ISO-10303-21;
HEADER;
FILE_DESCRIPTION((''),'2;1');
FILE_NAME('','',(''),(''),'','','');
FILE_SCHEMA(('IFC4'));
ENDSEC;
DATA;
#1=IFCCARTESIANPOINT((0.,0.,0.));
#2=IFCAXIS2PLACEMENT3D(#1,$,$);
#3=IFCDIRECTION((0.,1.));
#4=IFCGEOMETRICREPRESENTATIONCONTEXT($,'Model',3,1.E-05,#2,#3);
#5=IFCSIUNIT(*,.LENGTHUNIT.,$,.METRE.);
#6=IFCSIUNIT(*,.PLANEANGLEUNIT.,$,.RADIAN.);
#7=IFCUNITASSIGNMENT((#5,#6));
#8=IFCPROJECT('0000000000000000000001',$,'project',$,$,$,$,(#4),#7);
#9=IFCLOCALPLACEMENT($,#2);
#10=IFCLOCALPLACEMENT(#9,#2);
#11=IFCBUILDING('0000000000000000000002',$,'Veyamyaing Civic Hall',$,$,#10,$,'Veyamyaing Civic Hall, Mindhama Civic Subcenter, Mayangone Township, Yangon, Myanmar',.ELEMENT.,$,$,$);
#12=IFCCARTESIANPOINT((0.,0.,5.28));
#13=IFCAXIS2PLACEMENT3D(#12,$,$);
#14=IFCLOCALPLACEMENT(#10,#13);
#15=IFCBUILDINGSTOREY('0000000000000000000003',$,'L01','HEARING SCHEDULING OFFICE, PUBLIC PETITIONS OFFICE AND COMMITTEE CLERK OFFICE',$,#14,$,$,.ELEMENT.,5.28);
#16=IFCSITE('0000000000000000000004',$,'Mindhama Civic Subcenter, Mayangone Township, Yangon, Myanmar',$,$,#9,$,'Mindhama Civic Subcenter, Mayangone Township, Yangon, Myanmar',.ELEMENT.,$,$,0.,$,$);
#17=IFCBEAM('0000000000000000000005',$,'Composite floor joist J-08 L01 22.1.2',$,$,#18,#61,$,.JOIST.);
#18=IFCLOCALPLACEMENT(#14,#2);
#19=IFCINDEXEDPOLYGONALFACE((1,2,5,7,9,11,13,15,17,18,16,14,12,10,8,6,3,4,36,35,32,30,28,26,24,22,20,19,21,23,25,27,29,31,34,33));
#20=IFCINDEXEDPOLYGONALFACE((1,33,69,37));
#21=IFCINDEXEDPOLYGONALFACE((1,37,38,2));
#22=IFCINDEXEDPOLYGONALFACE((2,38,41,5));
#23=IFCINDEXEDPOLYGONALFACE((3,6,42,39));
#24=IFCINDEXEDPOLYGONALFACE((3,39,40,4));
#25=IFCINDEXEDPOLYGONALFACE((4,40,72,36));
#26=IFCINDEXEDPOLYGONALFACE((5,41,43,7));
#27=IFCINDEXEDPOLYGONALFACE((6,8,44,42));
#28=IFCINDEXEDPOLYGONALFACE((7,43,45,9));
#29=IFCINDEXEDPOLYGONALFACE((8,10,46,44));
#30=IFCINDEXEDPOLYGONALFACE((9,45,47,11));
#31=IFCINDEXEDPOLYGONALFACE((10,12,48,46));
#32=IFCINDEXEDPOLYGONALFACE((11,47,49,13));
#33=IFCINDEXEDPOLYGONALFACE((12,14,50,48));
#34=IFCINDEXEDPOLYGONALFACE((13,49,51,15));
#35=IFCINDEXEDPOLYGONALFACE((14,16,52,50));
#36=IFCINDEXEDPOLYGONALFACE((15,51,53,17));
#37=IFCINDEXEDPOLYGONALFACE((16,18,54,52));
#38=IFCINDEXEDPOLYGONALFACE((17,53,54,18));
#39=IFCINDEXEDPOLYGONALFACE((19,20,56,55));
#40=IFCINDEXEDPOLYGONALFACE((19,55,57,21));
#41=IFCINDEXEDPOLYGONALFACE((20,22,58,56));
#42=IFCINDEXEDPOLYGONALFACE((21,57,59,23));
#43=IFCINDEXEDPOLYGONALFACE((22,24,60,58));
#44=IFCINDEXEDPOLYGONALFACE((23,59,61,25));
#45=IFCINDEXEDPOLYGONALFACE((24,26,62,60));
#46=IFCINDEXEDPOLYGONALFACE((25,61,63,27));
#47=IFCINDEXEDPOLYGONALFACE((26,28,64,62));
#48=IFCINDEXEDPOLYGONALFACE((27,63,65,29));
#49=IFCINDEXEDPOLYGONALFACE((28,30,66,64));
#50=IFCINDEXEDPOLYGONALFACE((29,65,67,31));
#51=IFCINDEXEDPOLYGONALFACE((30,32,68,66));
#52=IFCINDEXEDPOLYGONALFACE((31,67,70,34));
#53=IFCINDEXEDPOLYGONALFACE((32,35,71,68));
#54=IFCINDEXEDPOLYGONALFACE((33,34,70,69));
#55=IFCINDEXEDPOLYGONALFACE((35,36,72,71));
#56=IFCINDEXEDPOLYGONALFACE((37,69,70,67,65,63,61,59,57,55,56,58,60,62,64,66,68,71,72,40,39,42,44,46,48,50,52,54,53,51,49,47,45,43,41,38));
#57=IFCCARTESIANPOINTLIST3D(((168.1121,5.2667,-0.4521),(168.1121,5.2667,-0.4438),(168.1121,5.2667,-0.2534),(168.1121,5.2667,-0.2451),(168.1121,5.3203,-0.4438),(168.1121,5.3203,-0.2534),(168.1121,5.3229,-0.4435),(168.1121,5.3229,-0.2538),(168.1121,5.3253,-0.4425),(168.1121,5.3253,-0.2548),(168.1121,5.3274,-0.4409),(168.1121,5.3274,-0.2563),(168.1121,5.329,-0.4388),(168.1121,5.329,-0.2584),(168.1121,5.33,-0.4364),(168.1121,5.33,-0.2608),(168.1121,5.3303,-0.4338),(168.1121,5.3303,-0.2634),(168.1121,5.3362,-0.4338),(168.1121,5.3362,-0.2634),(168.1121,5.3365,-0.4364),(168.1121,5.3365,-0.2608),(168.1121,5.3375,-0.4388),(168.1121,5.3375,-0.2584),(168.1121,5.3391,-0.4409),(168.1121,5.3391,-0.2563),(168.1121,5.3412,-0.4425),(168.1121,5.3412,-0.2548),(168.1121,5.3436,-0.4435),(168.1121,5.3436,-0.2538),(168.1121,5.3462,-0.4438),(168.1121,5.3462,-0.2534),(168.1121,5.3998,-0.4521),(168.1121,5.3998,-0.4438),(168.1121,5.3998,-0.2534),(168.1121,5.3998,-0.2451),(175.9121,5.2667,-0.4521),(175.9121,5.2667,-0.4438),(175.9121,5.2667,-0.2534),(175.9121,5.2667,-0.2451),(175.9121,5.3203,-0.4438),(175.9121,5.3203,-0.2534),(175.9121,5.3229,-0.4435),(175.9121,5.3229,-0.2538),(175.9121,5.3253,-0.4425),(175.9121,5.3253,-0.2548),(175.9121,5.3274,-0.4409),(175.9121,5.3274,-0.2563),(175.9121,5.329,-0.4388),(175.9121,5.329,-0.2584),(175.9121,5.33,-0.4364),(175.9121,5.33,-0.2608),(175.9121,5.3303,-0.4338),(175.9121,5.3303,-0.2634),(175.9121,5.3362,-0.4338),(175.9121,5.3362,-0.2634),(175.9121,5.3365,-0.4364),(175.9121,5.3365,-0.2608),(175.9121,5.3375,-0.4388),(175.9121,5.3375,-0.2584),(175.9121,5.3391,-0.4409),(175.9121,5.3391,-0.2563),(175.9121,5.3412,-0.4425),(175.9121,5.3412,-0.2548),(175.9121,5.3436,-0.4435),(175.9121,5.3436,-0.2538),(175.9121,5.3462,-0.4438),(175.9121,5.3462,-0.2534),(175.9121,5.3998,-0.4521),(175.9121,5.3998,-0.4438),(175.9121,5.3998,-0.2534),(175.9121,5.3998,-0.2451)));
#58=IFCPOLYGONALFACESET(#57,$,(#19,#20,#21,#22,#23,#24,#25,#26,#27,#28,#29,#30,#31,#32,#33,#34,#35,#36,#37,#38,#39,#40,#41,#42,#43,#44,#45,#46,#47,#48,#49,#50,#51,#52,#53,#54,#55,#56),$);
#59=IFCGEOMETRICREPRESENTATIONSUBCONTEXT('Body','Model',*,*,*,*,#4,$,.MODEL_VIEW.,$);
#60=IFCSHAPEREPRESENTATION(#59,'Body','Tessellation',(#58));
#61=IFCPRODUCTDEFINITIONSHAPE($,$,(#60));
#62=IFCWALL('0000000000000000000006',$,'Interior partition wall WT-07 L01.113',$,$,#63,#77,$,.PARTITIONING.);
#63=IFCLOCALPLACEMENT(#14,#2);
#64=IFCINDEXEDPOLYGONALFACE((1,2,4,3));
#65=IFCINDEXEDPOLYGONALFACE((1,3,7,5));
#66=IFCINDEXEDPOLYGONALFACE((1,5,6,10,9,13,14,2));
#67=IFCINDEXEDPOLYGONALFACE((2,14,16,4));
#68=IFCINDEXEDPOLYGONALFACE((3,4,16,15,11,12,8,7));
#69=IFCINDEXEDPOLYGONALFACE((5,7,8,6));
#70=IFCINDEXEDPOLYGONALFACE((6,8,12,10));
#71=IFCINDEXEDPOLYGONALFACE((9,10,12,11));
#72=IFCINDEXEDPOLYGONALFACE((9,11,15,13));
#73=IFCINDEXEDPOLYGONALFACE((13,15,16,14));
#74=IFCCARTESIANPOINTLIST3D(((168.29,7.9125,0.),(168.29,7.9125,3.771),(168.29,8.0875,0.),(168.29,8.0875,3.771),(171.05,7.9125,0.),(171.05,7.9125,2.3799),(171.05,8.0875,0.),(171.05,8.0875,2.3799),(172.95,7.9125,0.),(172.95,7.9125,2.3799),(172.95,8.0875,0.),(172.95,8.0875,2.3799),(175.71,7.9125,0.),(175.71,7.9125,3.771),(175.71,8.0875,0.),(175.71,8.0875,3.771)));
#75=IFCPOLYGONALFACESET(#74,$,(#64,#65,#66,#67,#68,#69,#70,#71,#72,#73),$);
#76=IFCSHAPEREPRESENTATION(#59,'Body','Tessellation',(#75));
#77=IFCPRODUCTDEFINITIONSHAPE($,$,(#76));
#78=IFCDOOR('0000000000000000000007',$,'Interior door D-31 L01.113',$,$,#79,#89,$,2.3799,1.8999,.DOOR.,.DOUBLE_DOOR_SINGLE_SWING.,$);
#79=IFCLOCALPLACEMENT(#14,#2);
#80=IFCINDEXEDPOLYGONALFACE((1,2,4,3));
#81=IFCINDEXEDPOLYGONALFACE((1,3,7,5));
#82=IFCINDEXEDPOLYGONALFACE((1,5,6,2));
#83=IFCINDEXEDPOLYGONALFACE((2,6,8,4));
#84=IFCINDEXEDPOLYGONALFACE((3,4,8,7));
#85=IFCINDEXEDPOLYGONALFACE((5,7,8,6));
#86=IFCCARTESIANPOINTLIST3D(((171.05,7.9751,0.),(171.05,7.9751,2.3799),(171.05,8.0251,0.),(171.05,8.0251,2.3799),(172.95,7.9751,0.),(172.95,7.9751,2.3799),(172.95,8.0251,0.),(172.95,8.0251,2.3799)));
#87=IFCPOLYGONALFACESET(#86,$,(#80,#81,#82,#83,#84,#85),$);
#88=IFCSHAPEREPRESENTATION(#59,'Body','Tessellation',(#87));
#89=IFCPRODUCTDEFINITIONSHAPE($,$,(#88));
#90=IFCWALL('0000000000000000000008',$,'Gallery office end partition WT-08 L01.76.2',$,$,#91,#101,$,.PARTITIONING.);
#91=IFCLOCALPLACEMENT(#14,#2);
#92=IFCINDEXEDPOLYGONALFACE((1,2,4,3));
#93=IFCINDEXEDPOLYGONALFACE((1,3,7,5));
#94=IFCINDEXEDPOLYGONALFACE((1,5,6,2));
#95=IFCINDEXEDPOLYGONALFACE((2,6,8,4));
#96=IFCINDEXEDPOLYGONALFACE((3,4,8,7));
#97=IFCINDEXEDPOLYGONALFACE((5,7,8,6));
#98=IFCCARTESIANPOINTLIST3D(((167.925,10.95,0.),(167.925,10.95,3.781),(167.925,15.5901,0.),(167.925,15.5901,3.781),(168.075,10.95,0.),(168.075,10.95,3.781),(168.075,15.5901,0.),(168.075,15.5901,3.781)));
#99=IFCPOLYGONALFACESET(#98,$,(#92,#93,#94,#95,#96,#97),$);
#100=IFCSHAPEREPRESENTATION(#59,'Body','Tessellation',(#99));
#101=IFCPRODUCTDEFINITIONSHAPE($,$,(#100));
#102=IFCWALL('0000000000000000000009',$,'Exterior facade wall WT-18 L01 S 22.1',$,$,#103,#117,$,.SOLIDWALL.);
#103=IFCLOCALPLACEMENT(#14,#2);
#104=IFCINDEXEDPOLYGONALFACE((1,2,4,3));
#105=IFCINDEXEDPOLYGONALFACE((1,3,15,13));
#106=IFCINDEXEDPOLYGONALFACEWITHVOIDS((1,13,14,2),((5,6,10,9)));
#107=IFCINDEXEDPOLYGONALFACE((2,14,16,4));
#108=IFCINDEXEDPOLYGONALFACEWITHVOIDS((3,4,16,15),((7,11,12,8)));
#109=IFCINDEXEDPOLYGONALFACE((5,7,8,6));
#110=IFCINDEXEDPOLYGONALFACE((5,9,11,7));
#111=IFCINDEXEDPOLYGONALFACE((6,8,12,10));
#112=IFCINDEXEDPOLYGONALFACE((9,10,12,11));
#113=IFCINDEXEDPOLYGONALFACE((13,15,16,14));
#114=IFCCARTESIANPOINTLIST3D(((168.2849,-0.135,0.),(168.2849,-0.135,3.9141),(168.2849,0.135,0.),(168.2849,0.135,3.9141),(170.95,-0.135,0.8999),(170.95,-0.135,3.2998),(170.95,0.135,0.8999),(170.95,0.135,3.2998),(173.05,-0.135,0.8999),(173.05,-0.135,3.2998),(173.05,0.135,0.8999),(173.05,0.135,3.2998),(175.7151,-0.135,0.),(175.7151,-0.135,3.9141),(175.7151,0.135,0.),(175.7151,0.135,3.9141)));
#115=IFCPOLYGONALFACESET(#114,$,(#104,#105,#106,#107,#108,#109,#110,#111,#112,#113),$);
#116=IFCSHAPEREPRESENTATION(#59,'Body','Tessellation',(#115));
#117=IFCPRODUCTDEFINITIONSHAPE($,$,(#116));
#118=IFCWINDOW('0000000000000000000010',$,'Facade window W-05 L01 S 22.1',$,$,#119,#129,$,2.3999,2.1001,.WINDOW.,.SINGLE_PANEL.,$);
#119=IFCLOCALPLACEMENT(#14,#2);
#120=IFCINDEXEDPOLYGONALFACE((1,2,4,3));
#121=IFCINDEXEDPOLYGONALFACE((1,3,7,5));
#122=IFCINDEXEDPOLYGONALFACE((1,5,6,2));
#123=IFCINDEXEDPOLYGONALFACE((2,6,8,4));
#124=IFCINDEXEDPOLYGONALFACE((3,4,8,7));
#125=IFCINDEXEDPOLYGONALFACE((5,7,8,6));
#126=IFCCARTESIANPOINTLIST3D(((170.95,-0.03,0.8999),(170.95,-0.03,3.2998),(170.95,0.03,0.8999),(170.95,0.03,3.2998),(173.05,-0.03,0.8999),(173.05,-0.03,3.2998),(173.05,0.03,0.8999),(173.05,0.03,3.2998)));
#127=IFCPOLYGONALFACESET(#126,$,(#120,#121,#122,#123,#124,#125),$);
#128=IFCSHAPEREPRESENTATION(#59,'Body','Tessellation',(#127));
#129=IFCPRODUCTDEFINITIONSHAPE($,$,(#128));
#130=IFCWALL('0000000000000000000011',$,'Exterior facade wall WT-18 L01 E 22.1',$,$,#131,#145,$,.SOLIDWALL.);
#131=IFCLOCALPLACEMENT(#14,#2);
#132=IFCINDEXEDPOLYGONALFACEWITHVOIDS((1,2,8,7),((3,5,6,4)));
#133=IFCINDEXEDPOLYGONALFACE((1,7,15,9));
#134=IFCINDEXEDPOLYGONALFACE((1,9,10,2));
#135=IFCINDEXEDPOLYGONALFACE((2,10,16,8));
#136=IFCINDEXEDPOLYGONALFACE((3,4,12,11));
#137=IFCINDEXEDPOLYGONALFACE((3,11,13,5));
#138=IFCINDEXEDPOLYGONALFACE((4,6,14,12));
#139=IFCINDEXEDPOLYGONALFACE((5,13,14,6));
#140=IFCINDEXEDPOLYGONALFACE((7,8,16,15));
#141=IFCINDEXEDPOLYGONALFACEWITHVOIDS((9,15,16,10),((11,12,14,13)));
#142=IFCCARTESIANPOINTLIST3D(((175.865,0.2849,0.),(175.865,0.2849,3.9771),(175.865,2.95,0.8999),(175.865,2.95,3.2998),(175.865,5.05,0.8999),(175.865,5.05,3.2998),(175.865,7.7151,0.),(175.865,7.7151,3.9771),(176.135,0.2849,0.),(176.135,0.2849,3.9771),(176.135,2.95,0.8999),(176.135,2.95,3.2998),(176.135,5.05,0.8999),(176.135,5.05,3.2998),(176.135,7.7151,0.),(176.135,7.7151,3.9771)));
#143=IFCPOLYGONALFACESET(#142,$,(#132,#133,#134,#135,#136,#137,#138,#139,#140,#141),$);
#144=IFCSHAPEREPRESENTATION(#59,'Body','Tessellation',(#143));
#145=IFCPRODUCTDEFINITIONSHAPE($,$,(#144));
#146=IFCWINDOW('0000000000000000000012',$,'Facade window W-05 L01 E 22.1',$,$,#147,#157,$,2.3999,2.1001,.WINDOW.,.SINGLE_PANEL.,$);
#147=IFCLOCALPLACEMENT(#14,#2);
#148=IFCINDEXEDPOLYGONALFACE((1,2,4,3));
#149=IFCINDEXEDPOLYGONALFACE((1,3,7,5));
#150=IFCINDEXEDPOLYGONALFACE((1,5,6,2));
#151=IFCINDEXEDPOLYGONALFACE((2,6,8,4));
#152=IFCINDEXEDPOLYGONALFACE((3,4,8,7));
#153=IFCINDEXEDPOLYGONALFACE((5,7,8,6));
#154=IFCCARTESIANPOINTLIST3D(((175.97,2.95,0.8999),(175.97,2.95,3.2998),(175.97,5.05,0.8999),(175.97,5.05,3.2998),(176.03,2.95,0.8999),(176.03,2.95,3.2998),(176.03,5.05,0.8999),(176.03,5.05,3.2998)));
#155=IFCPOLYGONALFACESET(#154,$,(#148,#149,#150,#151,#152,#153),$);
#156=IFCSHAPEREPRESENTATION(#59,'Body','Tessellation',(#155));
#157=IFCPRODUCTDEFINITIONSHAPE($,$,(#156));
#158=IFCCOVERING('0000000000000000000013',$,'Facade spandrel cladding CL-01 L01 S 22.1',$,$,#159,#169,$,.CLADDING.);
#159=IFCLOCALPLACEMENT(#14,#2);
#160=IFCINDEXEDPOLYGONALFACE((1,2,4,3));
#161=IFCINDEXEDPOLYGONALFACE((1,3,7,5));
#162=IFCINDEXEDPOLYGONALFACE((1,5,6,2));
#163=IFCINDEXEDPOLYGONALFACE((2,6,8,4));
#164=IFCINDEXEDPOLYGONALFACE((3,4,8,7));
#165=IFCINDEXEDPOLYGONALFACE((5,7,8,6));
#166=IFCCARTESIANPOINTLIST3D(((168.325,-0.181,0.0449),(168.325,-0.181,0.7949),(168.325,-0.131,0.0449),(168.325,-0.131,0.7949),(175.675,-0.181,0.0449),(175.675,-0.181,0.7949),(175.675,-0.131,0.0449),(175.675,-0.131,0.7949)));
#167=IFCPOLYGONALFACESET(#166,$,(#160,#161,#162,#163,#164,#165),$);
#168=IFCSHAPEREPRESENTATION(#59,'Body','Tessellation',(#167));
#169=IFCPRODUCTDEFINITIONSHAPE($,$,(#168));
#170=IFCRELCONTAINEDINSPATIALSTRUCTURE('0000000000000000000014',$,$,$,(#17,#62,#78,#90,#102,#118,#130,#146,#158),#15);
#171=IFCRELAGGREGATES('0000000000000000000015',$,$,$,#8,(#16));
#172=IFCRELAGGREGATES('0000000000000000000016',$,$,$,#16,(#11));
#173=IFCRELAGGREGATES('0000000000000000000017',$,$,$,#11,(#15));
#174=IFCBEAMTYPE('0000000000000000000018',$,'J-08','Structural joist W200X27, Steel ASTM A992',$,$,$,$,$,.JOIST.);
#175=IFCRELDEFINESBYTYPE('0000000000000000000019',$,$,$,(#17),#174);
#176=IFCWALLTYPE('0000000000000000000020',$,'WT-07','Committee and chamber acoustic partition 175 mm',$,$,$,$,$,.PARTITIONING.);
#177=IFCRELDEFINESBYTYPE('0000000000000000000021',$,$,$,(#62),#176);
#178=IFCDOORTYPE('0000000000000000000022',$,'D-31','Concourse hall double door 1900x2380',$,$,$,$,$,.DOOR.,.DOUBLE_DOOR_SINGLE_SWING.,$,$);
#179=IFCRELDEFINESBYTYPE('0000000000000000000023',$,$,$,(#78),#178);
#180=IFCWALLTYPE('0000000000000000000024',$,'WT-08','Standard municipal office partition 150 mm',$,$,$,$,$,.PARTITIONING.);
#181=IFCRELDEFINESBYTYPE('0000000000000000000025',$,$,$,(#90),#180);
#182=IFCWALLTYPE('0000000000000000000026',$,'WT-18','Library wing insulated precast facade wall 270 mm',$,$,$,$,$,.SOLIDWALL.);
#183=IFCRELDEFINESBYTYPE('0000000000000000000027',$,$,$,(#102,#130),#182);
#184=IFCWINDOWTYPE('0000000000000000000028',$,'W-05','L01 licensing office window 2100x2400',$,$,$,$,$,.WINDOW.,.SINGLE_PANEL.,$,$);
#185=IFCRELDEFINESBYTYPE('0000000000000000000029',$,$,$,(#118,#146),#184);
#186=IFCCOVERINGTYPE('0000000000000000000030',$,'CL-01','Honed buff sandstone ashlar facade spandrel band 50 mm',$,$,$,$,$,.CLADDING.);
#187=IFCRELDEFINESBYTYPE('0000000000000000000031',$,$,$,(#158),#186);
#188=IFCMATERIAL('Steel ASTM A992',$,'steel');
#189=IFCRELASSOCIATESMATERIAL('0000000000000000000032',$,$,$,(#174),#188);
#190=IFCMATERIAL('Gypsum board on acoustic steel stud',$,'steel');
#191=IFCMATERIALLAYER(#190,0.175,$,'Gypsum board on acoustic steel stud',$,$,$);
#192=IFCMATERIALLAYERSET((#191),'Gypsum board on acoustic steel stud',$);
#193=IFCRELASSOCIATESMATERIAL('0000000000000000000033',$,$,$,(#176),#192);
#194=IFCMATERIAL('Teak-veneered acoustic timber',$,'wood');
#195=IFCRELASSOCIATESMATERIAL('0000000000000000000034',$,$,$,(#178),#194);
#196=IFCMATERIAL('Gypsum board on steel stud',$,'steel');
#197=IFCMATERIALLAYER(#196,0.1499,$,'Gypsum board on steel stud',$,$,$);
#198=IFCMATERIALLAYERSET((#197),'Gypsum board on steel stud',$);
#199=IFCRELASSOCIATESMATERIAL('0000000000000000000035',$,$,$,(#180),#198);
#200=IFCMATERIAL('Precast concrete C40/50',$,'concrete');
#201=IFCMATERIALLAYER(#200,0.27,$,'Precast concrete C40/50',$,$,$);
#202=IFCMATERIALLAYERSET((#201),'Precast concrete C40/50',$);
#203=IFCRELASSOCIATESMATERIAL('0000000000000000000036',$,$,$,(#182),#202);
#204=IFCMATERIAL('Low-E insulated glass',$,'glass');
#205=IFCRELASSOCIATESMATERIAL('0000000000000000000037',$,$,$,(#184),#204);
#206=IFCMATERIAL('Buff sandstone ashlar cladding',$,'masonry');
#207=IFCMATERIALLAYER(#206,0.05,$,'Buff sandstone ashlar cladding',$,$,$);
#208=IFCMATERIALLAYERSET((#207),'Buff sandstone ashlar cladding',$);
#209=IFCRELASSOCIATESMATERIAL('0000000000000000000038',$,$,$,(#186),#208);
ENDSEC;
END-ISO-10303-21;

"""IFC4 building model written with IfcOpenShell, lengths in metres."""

from ifc_helpers import new_model, si_unit, direction, frame, frame_2d, origin, origin_2d, place, context, subcontext, project, spatial, rectangle, i_section, extrude, material, layer, layer_set, material_profile, profile_set, type_object, element, fill, save


model = new_model("IFC4")

# Units and contexts
model_context = context("Model", 3, precision=1e-05, world=origin(), true_north=direction((0.0, 1.0)))
body_context = subcontext(model_context, "Body", "Model", "MODEL_VIEW")
ifc_project = project(units=[si_unit("LENGTHUNIT", "METRE"), si_unit("PLANEANGLEUNIT", "RADIAN")], contexts=[model_context])

# Site, building, storey
site_placement = place(None, origin())
site = spatial("IfcSite", under=ifc_project, at=site_placement, Name="Mindhama Civic Subcenter, Mayangone Township, Yangon, Myanmar", LongName="Mindhama Civic Subcenter, Mayangone Township, Yangon, Myanmar", CompositionType="ELEMENT", RefElevation=0.0)
building_placement = place(site_placement, origin())
building = spatial("IfcBuilding", under=site, at=building_placement, Name="Veyamyaing Civic Hall", LongName="Veyamyaing Civic Hall, Mindhama Civic Subcenter, Mayangone Township, Yangon, Myanmar", CompositionType="ELEMENT")
storey_placement = place(building_placement, frame((0.0, 0.0, 5.28)))
storey = spatial("IfcBuildingStorey", under=building, at=storey_placement, Name="L01", Description="HEARING SCHEDULING OFFICE, PUBLIC PETITIONS OFFICE AND COMMITTEE CLERK OFFICE", CompositionType="ELEMENT", Elevation=5.28)

# Beam
ifc_material_1 = material(Name="Steel ASTM A992", Category="steel")
ifc_material_profile_1 = material_profile(ifc_material_1, i_section(OverallWidth=0.1331, OverallDepth=0.207, WebThickness=0.0059, FlangeThickness=0.0083, FilletRadius=0.01, at=origin_2d()), Name="W200X27")
ifc_profile_set_1 = profile_set([ifc_material_profile_1], Name="Steel ASTM A992")
beam_type_1 = type_object("IfcBeamType", Name="J-08", Description="Structural joist W200X27, Steel ASTM A992", PredefinedType="JOIST", material=ifc_profile_set_1)
for number, where, z_axis, x_axis, name in (
    (1, (168.1121, 5.3333, -0.3486), (1.0, 0.0, 0.0), (0.0, 1.0, 0.0), "Composite floor joist J-08 L01 22.1.2"),
):
    element("IfcBeam", number, at=place(storey_placement, frame(where, z_axis=z_axis, x_axis=x_axis)), inside=storey, type_object=beam_type_1, Name=name, PredefinedType="JOIST", context=body_context, shape_type="SweptSolid", body=[
        extrude(i_section(OverallWidth=0.1331, OverallDepth=0.207, WebThickness=0.0059, FlangeThickness=0.0083, FilletRadius=0.01, at=origin_2d()), origin(), (0.0, 0.0, 1.0), 7.8),
    ])

# Wall, opening, door
ifc_material_2 = material(Name="Gypsum board on acoustic steel stud", Category="steel")
ifc_layer_1 = layer(ifc_material_2, 0.175, Name="Gypsum board on acoustic steel stud")
ifc_layer_set_1 = layer_set([ifc_layer_1], Name="Gypsum board on acoustic steel stud")
wall_type_1 = type_object("IfcWallType", Name="WT-07", Description="Committee and chamber acoustic partition 175 mm", PredefinedType="PARTITIONING", material=ifc_layer_set_1)
wall_1_placement = place(storey_placement, frame((168.29, 8.0, 0.0), z_axis=(0.0, 0.0, 1.0), x_axis=(1.0, 0.0, 0.0)))
wall_1 = element("IfcWall", 2, at=wall_1_placement, inside=storey, type_object=wall_type_1, Name="Interior partition wall WT-07 L01.113", PredefinedType="PARTITIONING", context=body_context, shape_type="SweptSolid", body=[
    extrude(rectangle(XDim=7.4199, YDim=0.175, at=frame_2d((3.71, 0.0))), origin(), (0.0, 0.0, 1.0), 3.771),
])
opening_1_placement = place(wall_1_placement, frame((2.76, 0.0, 0.0)))
opening_1 = element("IfcOpeningElement", 3, at=opening_1_placement, cuts=wall_1, PredefinedType="OPENING", context=body_context, shape_type="SweptSolid", body=[
    extrude(rectangle(XDim=1.8999, YDim=2.3799, at=frame_2d((0.95, 1.1899))), frame((0.0, 0.0974, 0.0), z_axis=(0.0, -1.0, 0.0), x_axis=(1.0, 0.0, 0.0)), (0.0, 0.0, 1.0), 0.1951),
])
ifc_material_3 = material(Name="Teak-veneered acoustic timber", Category="wood")
door_type = type_object("IfcDoorType", Name="D-31", Description="Concourse hall double door 1900x2380", OperationType="DOUBLE_DOOR_SINGLE_SWING", PredefinedType="DOOR", material=ifc_material_3)
door_placement = place(opening_1_placement, frame((1.8999, 0.0, 0.0), z_axis=(0.0, 0.0, 1.0), x_axis=(-1.0, 0.0, 0.0)))
door = element("IfcDoor", 4, at=door_placement, inside=storey, type_object=door_type, Name="Interior door D-31 L01.113", OperationType="DOUBLE_DOOR_SINGLE_SWING", OverallHeight=2.3799, OverallWidth=1.8999, PredefinedType="DOOR", context=body_context, shape_type="SweptSolid", body=[
    extrude(rectangle(XDim=1.8999, YDim=2.3799, at=frame_2d((0.95, 1.1899))), frame((0.0, 0.0249, 0.0), z_axis=(0.0, -1.0, 0.0), x_axis=(1.0, 0.0, 0.0)), (0.0, 0.0, 1.0), 0.05),
])
fill(opening_1, door)

# Wall
ifc_material_4 = material(Name="Gypsum board on steel stud", Category="steel")
ifc_layer_2 = layer(ifc_material_4, 0.1499, Name="Gypsum board on steel stud")
ifc_layer_set_2 = layer_set([ifc_layer_2], Name="Gypsum board on steel stud")
wall_type_2 = type_object("IfcWallType", Name="WT-08", Description="Standard municipal office partition 150 mm", PredefinedType="PARTITIONING", material=ifc_layer_set_2)
wall_2_placement = place(storey_placement, frame((168.0, 10.95, 0.0), z_axis=(0.0, 0.0, 1.0), x_axis=(0.0, 1.0, 0.0)))
element("IfcWall", 5, at=wall_2_placement, inside=storey, type_object=wall_type_2, Name="Gallery office end partition WT-08 L01.76.2", PredefinedType="PARTITIONING", context=body_context, shape_type="SweptSolid", body=[
    extrude(rectangle(XDim=4.6401, YDim=0.1499, at=frame_2d((2.3201, 0.0))), origin(), (0.0, 0.0, 1.0), 3.781),
])

# Walls, openings, windows
ifc_material_5 = material(Name="Precast concrete C40/50", Category="concrete")
ifc_layer_3 = layer(ifc_material_5, 0.27, Name="Precast concrete C40/50")
ifc_layer_set_3 = layer_set([ifc_layer_3], Name="Precast concrete C40/50")
wall_type_3 = type_object("IfcWallType", Name="WT-18", Description="Library wing insulated precast facade wall 270 mm", PredefinedType="SOLIDWALL", material=ifc_layer_set_3)
wall_3_placement = place(storey_placement, frame((168.2849, 0.0, 0.0), z_axis=(0.0, 0.0, 1.0), x_axis=(1.0, 0.0, 0.0)))
wall_3 = element("IfcWall", 6, at=wall_3_placement, inside=storey, type_object=wall_type_3, Name="Exterior facade wall WT-18 L01 S 22.1", PredefinedType="SOLIDWALL", context=body_context, shape_type="SweptSolid", body=[
    extrude(rectangle(XDim=7.4302, YDim=0.27, at=frame_2d((3.7151, 0.0))), origin(), (0.0, 0.0, 1.0), 3.9141),
])
opening_2_placement = place(wall_3_placement, frame((2.665, 0.0, 0.8999)))
opening_2 = element("IfcOpeningElement", 7, at=opening_2_placement, cuts=wall_3, PredefinedType="OPENING", context=body_context, shape_type="SweptSolid", body=[
    extrude(rectangle(XDim=2.1001, YDim=2.3999, at=frame_2d((1.05, 1.2))), frame((0.0, 0.145, 0.0), z_axis=(0.0, -1.0, 0.0), x_axis=(1.0, 0.0, 0.0)), (0.0, 0.0, 1.0), 0.29),
])
ifc_material_6 = material(Name="Low-E insulated glass", Category="glass")
window_type = type_object("IfcWindowType", Name="W-05", Description="L01 licensing office window 2100x2400", PartitioningType="SINGLE_PANEL", PredefinedType="WINDOW", material=ifc_material_6)
window_1_placement = place(opening_2_placement, origin())
window_1 = element("IfcWindow", 8, at=window_1_placement, inside=storey, type_object=window_type, Name="Facade window W-05 L01 S 22.1", OverallHeight=2.3999, OverallWidth=2.1001, PartitioningType="SINGLE_PANEL", PredefinedType="WINDOW", context=body_context, shape_type="SweptSolid", body=[
    extrude(rectangle(XDim=2.1001, YDim=2.3999, at=frame_2d((1.05, 1.2))), frame((0.0, 0.03, 0.0), z_axis=(0.0, -1.0, 0.0), x_axis=(1.0, 0.0, 0.0)), (0.0, 0.0, 1.0), 0.0601),
])
fill(opening_2, window_1)
wall_4_placement = place(storey_placement, frame((176.0, 0.2849, 0.0), z_axis=(0.0, 0.0, 1.0), x_axis=(0.0, 1.0, 0.0)))
wall_4 = element("IfcWall", 9, at=wall_4_placement, inside=storey, type_object=wall_type_3, Name="Exterior facade wall WT-18 L01 E 22.1", PredefinedType="SOLIDWALL", context=body_context, shape_type="SweptSolid", body=[
    extrude(rectangle(XDim=7.4302, YDim=0.27, at=frame_2d((3.7151, 0.0))), origin(), (0.0, 0.0, 1.0), 3.9771),
])
opening_3_placement = place(wall_4_placement, frame((2.665, 0.0, 0.8999)))
opening_3 = element("IfcOpeningElement", 10, at=opening_3_placement, cuts=wall_4, PredefinedType="OPENING", context=body_context, shape_type="SweptSolid", body=[
    extrude(rectangle(XDim=2.1001, YDim=2.3999, at=frame_2d((1.05, 1.2))), frame((0.0, 0.145, 0.0), z_axis=(0.0, -1.0, 0.0), x_axis=(1.0, 0.0, 0.0)), (0.0, 0.0, 1.0), 0.29),
])
window_2_placement = place(opening_3_placement, origin())
window_2 = element("IfcWindow", 11, at=window_2_placement, inside=storey, type_object=window_type, Name="Facade window W-05 L01 E 22.1", OverallHeight=2.3999, OverallWidth=2.1001, PartitioningType="SINGLE_PANEL", PredefinedType="WINDOW", context=body_context, shape_type="SweptSolid", body=[
    extrude(rectangle(XDim=2.1001, YDim=2.3999, at=frame_2d((1.05, 1.2))), frame((0.0, 0.03, 0.0), z_axis=(0.0, -1.0, 0.0), x_axis=(1.0, 0.0, 0.0)), (0.0, 0.0, 1.0), 0.0601),
])
fill(opening_3, window_2)

# Covering
ifc_material_7 = material(Name="Buff sandstone ashlar cladding", Category="masonry")
ifc_layer_4 = layer(ifc_material_7, 0.05, Name="Buff sandstone ashlar cladding")
ifc_layer_set_4 = layer_set([ifc_layer_4], Name="Buff sandstone ashlar cladding")
covering_type_1 = type_object("IfcCoveringType", Name="CL-01", Description="Honed buff sandstone ashlar facade spandrel band 50 mm", PredefinedType="CLADDING", material=ifc_layer_set_4)
covering_placement = place(storey_placement, frame((172.0, -0.156, 0.0449), z_axis=(0.0, 0.0, 1.0), x_axis=(1.0, 0.0, 0.0)))
element("IfcCovering", 12, at=covering_placement, inside=storey, type_object=covering_type_1, Name="Facade spandrel cladding CL-01 L01 S 22.1", PredefinedType="CLADDING", context=body_context, shape_type="SweptSolid", body=[
    extrude(rectangle(XDim=7.3501, YDim=0.05, at=origin_2d()), origin(), (0.0, 0.0, 1.0), 0.75),
])

save(model, "model.ifc")
